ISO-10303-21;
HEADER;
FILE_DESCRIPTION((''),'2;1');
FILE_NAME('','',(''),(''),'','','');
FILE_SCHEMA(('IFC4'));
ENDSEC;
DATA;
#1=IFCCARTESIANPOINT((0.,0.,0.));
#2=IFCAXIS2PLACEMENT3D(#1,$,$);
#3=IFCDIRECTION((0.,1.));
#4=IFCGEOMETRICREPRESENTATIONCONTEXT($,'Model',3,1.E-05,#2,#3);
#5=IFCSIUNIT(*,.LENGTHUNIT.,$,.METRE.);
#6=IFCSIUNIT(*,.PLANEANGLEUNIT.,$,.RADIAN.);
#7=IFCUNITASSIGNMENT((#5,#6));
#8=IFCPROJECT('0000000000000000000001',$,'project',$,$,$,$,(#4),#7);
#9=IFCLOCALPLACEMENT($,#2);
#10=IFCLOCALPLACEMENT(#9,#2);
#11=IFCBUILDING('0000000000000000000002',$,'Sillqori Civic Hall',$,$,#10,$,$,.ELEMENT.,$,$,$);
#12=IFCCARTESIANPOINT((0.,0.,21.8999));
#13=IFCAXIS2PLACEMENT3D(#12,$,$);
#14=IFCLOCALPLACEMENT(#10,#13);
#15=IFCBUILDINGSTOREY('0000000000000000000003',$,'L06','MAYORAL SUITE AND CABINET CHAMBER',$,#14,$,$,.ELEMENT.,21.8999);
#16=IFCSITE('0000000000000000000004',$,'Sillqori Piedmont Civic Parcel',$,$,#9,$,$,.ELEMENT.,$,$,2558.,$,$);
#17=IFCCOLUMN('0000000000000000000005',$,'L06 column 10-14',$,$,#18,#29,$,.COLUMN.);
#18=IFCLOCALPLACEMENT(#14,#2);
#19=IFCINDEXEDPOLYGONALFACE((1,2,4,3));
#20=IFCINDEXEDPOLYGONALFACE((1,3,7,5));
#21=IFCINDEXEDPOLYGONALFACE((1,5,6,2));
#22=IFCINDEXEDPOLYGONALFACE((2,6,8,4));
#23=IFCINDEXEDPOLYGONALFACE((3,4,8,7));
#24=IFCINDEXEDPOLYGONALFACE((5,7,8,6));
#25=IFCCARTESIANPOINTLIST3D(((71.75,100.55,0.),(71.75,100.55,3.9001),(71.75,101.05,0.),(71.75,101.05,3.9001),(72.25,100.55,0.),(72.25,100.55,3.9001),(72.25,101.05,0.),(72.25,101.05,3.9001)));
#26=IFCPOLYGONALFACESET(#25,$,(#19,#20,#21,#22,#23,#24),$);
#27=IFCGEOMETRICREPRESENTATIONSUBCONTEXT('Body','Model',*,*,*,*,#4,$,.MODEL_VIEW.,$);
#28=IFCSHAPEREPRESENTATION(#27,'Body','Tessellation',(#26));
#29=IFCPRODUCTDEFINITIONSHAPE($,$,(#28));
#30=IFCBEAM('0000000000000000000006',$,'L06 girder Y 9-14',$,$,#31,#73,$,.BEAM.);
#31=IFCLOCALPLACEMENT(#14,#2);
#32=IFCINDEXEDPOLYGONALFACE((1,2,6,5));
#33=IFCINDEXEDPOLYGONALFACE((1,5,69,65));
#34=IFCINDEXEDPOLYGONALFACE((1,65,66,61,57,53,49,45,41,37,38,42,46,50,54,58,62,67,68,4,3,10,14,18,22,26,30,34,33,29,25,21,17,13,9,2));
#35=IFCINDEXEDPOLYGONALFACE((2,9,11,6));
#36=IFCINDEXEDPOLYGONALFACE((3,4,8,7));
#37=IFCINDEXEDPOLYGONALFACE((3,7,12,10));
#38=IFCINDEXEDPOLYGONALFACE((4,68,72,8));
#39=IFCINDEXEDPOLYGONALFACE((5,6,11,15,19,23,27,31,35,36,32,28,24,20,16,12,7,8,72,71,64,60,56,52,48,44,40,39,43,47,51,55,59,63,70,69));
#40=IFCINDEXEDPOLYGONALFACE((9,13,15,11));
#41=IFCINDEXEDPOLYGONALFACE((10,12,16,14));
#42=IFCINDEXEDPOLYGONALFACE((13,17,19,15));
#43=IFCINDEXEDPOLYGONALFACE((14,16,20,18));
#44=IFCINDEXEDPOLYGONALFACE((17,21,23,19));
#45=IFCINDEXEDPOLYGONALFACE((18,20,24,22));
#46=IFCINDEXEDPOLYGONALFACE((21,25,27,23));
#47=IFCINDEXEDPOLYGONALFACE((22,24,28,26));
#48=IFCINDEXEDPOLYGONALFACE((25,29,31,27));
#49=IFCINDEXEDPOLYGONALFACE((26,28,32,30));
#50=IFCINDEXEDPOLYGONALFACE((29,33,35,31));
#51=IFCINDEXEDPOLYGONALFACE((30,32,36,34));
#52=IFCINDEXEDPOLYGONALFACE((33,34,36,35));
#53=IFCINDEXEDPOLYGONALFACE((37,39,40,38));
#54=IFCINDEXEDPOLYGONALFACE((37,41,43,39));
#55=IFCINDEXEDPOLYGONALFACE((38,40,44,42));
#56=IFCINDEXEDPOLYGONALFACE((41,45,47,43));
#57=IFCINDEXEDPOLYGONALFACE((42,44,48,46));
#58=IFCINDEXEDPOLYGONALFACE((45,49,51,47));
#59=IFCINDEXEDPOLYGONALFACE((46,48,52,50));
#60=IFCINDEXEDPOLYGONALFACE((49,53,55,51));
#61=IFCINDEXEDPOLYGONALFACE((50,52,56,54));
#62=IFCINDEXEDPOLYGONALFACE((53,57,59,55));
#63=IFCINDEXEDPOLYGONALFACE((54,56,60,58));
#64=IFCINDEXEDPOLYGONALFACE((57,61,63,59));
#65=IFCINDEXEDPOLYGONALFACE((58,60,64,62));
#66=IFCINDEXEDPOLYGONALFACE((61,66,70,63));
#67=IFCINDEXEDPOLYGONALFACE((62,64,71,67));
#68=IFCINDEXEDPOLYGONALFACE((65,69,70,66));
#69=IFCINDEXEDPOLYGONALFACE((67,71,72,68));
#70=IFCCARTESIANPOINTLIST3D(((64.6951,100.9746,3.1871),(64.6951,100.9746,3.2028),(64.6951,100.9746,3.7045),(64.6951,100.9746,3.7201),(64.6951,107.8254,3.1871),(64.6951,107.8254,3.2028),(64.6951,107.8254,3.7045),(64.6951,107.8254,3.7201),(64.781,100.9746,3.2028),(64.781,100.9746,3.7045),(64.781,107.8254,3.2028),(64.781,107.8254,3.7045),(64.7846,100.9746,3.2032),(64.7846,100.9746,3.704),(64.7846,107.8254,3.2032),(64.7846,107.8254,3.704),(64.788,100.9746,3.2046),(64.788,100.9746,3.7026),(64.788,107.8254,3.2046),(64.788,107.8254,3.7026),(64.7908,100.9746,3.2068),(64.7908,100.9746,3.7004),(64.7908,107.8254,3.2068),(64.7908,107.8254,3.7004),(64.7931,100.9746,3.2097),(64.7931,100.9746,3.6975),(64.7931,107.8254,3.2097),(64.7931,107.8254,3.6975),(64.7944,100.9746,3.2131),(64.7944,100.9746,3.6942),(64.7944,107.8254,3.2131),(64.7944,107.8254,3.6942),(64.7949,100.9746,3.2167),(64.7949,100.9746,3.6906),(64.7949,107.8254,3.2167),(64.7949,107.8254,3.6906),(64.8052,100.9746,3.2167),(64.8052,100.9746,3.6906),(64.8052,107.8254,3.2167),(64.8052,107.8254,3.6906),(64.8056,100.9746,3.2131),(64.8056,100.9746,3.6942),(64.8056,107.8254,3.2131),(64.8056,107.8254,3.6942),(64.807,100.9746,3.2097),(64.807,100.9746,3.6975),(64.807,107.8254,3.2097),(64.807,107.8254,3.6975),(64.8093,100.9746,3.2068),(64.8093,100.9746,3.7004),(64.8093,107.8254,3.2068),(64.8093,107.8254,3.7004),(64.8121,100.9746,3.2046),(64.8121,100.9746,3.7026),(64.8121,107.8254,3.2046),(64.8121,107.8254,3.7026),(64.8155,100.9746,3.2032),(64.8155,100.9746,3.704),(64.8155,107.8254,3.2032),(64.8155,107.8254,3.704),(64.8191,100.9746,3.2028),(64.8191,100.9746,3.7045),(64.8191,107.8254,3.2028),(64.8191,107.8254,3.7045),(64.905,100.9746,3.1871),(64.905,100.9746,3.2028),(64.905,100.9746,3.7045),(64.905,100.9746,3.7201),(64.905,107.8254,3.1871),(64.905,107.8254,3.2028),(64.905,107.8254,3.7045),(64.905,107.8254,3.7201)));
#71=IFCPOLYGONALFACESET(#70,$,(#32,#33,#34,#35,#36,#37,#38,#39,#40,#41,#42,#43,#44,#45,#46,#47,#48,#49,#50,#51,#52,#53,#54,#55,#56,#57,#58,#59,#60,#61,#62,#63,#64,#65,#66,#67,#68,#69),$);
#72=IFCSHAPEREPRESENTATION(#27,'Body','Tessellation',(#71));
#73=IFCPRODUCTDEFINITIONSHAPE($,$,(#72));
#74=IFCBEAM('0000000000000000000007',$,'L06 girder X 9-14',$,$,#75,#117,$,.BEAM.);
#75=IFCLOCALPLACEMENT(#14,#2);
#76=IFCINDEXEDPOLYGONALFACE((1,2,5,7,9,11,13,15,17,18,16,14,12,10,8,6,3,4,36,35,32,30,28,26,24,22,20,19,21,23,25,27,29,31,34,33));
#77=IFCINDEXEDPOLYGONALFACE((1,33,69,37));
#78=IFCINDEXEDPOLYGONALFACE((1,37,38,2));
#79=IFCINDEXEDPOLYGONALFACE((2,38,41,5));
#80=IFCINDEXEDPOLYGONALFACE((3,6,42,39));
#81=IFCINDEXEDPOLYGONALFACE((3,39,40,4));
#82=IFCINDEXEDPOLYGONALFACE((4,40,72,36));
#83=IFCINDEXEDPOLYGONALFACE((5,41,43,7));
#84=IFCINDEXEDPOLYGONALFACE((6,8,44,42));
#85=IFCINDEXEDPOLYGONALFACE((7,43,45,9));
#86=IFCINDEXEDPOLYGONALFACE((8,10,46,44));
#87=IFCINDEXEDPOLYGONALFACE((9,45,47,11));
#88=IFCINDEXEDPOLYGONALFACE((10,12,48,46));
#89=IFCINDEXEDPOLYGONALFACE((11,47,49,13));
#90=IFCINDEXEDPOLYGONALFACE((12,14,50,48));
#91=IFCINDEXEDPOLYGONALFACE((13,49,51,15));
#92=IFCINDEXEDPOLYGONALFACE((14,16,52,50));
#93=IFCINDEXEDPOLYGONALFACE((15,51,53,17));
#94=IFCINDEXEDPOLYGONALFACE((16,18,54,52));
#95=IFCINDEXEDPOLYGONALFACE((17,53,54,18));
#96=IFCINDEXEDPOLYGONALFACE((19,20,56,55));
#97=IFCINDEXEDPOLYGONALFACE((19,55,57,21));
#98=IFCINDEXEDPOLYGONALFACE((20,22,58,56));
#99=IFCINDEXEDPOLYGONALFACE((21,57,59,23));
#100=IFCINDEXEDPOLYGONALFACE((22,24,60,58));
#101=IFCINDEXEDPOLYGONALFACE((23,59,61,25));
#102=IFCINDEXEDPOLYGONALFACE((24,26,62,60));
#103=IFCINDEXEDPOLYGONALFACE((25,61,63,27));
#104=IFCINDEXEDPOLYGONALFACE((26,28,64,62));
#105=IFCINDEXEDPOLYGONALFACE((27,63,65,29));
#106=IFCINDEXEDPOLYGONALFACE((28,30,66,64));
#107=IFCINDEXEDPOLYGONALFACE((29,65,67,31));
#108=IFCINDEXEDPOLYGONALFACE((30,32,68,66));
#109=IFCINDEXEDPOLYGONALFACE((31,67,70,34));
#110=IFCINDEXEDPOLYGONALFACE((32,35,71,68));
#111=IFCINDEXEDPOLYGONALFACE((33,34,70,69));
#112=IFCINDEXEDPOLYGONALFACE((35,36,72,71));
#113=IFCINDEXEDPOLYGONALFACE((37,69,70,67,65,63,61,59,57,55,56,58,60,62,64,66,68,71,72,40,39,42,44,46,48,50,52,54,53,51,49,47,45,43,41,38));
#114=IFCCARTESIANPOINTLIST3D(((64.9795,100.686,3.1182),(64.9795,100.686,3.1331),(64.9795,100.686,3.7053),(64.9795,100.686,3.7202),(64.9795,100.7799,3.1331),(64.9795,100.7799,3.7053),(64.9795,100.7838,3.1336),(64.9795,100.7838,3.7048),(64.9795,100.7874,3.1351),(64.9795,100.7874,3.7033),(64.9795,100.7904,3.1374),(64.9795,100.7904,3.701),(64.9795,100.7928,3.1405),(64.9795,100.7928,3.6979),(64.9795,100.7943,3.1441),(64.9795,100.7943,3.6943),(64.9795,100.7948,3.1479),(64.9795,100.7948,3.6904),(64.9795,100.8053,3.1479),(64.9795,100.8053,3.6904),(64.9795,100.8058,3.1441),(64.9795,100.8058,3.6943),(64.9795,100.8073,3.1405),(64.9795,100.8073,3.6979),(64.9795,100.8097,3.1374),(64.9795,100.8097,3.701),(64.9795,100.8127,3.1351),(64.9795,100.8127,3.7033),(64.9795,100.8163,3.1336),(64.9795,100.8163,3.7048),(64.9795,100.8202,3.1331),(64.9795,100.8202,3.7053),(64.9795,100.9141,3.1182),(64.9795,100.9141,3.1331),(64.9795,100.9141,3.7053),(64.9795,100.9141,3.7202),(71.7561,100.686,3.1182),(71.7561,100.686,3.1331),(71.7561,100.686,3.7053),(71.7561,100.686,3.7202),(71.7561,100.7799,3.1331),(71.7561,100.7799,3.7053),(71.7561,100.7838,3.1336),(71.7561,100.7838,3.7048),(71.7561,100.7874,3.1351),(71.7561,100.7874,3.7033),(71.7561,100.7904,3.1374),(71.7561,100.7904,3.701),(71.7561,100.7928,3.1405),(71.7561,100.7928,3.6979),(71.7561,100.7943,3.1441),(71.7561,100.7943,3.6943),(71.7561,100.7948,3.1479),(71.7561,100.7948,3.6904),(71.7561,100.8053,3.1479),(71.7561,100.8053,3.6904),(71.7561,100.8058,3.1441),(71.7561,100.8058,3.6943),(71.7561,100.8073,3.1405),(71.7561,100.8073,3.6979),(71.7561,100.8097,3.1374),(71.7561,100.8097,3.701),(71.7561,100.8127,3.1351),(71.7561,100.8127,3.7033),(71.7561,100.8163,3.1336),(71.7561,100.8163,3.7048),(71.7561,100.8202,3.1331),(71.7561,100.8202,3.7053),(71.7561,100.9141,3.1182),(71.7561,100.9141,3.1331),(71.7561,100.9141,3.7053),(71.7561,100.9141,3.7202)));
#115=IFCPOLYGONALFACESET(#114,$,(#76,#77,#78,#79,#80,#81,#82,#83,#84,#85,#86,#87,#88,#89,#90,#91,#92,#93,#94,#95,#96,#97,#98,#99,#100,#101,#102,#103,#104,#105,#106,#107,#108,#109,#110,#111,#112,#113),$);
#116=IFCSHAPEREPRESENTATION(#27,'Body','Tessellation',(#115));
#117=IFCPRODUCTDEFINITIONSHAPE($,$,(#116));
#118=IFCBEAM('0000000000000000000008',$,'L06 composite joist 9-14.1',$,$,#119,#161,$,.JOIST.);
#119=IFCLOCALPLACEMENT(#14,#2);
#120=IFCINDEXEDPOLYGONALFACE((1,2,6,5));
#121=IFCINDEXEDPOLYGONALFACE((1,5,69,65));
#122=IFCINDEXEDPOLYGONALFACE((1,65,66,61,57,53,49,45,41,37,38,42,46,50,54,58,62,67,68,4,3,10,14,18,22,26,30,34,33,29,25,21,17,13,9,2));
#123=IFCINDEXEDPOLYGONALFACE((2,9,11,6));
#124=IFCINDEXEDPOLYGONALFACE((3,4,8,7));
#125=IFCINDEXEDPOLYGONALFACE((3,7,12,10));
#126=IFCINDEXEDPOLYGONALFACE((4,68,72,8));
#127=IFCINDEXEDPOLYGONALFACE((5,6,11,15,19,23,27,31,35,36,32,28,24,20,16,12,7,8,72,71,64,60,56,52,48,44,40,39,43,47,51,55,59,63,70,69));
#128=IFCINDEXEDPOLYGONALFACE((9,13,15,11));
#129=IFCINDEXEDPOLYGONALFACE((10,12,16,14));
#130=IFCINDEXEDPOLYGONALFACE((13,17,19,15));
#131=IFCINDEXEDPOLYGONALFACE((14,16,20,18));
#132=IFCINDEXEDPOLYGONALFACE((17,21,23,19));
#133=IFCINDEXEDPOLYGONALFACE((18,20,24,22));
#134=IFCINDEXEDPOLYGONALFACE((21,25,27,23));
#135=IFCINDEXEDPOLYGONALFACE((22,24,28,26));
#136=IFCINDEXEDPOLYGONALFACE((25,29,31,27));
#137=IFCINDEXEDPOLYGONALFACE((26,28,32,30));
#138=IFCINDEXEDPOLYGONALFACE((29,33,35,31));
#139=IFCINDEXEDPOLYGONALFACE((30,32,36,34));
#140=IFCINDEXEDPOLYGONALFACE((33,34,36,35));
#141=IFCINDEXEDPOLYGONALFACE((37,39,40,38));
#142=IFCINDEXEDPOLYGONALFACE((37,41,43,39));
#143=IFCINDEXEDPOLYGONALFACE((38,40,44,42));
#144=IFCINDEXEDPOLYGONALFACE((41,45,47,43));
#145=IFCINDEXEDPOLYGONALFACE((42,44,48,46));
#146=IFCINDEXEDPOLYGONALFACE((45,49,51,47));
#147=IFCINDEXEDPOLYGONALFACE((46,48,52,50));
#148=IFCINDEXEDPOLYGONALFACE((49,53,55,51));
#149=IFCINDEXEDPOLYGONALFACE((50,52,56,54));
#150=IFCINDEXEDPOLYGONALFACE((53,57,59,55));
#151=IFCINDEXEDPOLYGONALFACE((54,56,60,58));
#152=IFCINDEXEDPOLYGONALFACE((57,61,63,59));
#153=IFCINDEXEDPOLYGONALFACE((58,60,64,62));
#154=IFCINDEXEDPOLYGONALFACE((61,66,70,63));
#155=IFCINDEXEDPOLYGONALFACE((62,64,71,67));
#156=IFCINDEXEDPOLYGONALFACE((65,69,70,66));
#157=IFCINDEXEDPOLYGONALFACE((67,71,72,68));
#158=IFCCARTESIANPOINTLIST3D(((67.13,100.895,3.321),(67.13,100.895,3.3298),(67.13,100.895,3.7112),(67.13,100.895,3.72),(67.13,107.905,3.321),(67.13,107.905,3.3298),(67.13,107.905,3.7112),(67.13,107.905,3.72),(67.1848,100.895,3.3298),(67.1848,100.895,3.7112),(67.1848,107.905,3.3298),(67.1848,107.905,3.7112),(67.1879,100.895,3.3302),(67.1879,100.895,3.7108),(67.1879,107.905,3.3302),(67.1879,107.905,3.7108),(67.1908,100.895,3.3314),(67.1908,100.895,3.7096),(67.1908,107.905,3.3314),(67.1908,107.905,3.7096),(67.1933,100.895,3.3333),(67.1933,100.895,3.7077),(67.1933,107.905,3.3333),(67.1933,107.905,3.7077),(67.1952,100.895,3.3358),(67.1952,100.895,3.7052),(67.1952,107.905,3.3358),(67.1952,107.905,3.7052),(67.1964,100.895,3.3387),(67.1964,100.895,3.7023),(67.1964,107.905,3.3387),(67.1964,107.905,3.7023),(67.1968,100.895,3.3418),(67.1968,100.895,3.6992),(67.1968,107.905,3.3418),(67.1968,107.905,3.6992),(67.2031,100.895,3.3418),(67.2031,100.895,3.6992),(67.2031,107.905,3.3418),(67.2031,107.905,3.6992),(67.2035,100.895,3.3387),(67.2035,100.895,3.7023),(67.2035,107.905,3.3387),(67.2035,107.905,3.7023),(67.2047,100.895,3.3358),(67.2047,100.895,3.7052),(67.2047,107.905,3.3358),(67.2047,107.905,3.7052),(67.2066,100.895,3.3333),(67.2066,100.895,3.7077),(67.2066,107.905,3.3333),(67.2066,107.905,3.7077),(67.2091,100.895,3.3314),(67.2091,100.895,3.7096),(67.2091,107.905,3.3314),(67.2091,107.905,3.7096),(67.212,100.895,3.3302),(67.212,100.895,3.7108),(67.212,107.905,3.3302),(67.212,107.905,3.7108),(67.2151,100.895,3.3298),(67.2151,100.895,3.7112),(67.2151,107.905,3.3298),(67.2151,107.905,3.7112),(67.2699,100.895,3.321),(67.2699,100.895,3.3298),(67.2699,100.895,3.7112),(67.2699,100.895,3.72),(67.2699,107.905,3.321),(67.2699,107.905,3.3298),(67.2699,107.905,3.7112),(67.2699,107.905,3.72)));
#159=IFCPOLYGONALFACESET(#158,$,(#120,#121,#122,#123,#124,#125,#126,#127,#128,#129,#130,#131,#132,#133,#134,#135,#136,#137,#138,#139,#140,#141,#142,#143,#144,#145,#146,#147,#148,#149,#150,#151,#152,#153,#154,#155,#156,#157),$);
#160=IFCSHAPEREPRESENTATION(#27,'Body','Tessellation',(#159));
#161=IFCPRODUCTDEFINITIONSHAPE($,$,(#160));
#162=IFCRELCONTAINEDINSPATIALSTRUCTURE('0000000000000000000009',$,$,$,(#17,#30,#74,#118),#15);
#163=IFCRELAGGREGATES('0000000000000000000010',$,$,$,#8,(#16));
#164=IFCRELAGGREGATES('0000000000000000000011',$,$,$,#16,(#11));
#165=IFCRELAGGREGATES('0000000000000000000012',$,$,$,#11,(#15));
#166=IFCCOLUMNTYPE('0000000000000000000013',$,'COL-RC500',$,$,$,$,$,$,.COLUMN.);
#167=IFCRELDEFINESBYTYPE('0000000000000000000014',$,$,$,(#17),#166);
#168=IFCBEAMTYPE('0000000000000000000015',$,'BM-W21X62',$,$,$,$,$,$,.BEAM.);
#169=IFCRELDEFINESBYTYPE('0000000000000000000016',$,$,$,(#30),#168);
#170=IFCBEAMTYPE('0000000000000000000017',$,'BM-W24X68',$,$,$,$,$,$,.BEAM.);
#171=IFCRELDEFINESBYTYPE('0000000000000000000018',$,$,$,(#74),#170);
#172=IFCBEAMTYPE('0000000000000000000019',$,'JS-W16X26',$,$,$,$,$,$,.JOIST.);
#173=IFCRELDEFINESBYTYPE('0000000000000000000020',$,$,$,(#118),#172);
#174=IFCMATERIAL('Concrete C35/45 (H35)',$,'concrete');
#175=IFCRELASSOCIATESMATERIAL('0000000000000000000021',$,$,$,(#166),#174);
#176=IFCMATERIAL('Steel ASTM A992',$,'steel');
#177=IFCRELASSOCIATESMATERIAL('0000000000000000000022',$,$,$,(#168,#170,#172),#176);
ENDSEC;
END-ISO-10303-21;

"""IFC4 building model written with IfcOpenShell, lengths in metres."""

from ifc_helpers import new_model, si_unit, direction, frame, origin, origin_2d, place, context, subcontext, project, spatial, rectangle, i_section, extrude, material, material_profile, profile_set, type_object, element, save


model = new_model("IFC4")

# Units and contexts
model_context = context("Model", 3, precision=1e-05, world=origin(), true_north=direction((0.0, 1.0)))
body_context = subcontext(model_context, "Body", "Model", "MODEL_VIEW")
ifc_project = project(units=[si_unit("LENGTHUNIT", "METRE"), si_unit("PLANEANGLEUNIT", "RADIAN")], contexts=[model_context])

# Site, building, storey
site_placement = place(None, origin())
site = spatial("IfcSite", under=ifc_project, at=site_placement, Name="Sillqori Piedmont Civic Parcel", CompositionType="ELEMENT", RefElevation=2558.0)
building_placement = place(site_placement, origin())
building = spatial("IfcBuilding", under=site, at=building_placement, Name="Sillqori Civic Hall", CompositionType="ELEMENT")
storey_placement = place(building_placement, frame((0.0, 0.0, 21.8999)))
storey = spatial("IfcBuildingStorey", under=building, at=storey_placement, Name="L06", Description="MAYORAL SUITE AND CABINET CHAMBER", CompositionType="ELEMENT", Elevation=21.8999)

# Column
ifc_material_1 = material(Name="Concrete C35/45 (H35)", Category="concrete")
ifc_material_profile_1 = material_profile(ifc_material_1, rectangle(XDim=0.5, YDim=0.5, at=origin_2d()), Name="RC 500x500")
ifc_profile_set_1 = profile_set([ifc_material_profile_1], Name="Concrete C35/45 (H35)")
column_type = type_object("IfcColumnType", Name="COL-RC500", PredefinedType="COLUMN", material=ifc_profile_set_1)
column_placement = place(storey_placement, frame((72.0, 100.8, 0.0), z_axis=(0.0, 0.0, 1.0), x_axis=(1.0, 0.0, 0.0)))
element("IfcColumn", 1, at=column_placement, inside=storey, type_object=column_type, Name="L06 column 10-14", PredefinedType="COLUMN", context=body_context, shape_type="SweptSolid", body=[
    extrude(rectangle(XDim=0.5, YDim=0.5, at=origin_2d()), origin(), (0.0, 0.0, 1.0), 3.9001),
])

# Beams
ifc_material_2 = material(Name="Steel ASTM A992", Category="steel")
ifc_material_profile_2 = material_profile(ifc_material_2, i_section(OverallWidth=0.21, OverallDepth=0.533, WebThickness=0.0103, FlangeThickness=0.0156, FilletRadius=0.0139, at=origin_2d()), Name="W21X62")
ifc_profile_set_2 = profile_set([ifc_material_profile_2], Name="Steel ASTM A992")
beam_type_1 = type_object("IfcBeamType", Name="BM-W21X62", PredefinedType="BEAM", material=ifc_profile_set_2)
beam_1_placement = place(storey_placement, frame((64.8, 100.9746, 3.4536), z_axis=(0.0, 1.0, 0.0), x_axis=(-1.0, 0.0, 0.0)))
element("IfcBeam", 2, at=beam_1_placement, inside=storey, type_object=beam_type_1, Name="L06 girder Y 9-14", PredefinedType="BEAM", context=body_context, shape_type="SweptSolid", body=[
    extrude(i_section(OverallWidth=0.21, OverallDepth=0.533, WebThickness=0.0103, FlangeThickness=0.0156, FilletRadius=0.0139, at=origin_2d()), origin(), (0.0, 0.0, 1.0), 6.8508),
])
ifc_material_profile_3 = material_profile(ifc_material_2, i_section(OverallWidth=0.228, OverallDepth=0.6021, WebThickness=0.0105, FlangeThickness=0.0149, FilletRadius=0.0149, at=origin_2d()), Name="W24X68")
ifc_profile_set_3 = profile_set([ifc_material_profile_3], Name="Steel ASTM A992")
beam_type_2 = type_object("IfcBeamType", Name="BM-W24X68", PredefinedType="BEAM", material=ifc_profile_set_3)
beam_2_placement = place(storey_placement, frame((64.9795, 100.8, 3.4192), z_axis=(1.0, 0.0, 0.0), x_axis=(0.0, 1.0, 0.0)))
element("IfcBeam", 3, at=beam_2_placement, inside=storey, type_object=beam_type_2, Name="L06 girder X 9-14", PredefinedType="BEAM", context=body_context, shape_type="SweptSolid", body=[
    extrude(i_section(OverallWidth=0.228, OverallDepth=0.6021, WebThickness=0.0105, FlangeThickness=0.0149, FilletRadius=0.0149, at=origin_2d()), origin(), (0.0, 0.0, 1.0), 6.7766),
])
ifc_material_profile_4 = material_profile(ifc_material_2, i_section(OverallWidth=0.1399, OverallDepth=0.3989, WebThickness=0.0063, FlangeThickness=0.0088, FilletRadius=0.012, at=origin_2d()), Name="W16X26")
ifc_profile_set_4 = profile_set([ifc_material_profile_4], Name="Steel ASTM A992")
beam_type_3 = type_object("IfcBeamType", Name="JS-W16X26", PredefinedType="JOIST", material=ifc_profile_set_4)
for number, where, z_axis, x_axis, name in (
    (4, (67.2, 100.895, 3.5205), (0.0, 1.0, 0.0), (-1.0, 0.0, 0.0), "L06 composite joist 9-14.1"),
):
    element("IfcBeam", number, at=place(storey_placement, frame(where, z_axis=z_axis, x_axis=x_axis)), inside=storey, type_object=beam_type_3, Name=name, PredefinedType="JOIST", context=body_context, shape_type="SweptSolid", body=[
        extrude(i_section(OverallWidth=0.1399, OverallDepth=0.3989, WebThickness=0.0063, FlangeThickness=0.0088, FilletRadius=0.012, at=origin_2d()), origin(), (0.0, 0.0, 1.0), 7.01),
    ])

save(model, "model.ifc")
